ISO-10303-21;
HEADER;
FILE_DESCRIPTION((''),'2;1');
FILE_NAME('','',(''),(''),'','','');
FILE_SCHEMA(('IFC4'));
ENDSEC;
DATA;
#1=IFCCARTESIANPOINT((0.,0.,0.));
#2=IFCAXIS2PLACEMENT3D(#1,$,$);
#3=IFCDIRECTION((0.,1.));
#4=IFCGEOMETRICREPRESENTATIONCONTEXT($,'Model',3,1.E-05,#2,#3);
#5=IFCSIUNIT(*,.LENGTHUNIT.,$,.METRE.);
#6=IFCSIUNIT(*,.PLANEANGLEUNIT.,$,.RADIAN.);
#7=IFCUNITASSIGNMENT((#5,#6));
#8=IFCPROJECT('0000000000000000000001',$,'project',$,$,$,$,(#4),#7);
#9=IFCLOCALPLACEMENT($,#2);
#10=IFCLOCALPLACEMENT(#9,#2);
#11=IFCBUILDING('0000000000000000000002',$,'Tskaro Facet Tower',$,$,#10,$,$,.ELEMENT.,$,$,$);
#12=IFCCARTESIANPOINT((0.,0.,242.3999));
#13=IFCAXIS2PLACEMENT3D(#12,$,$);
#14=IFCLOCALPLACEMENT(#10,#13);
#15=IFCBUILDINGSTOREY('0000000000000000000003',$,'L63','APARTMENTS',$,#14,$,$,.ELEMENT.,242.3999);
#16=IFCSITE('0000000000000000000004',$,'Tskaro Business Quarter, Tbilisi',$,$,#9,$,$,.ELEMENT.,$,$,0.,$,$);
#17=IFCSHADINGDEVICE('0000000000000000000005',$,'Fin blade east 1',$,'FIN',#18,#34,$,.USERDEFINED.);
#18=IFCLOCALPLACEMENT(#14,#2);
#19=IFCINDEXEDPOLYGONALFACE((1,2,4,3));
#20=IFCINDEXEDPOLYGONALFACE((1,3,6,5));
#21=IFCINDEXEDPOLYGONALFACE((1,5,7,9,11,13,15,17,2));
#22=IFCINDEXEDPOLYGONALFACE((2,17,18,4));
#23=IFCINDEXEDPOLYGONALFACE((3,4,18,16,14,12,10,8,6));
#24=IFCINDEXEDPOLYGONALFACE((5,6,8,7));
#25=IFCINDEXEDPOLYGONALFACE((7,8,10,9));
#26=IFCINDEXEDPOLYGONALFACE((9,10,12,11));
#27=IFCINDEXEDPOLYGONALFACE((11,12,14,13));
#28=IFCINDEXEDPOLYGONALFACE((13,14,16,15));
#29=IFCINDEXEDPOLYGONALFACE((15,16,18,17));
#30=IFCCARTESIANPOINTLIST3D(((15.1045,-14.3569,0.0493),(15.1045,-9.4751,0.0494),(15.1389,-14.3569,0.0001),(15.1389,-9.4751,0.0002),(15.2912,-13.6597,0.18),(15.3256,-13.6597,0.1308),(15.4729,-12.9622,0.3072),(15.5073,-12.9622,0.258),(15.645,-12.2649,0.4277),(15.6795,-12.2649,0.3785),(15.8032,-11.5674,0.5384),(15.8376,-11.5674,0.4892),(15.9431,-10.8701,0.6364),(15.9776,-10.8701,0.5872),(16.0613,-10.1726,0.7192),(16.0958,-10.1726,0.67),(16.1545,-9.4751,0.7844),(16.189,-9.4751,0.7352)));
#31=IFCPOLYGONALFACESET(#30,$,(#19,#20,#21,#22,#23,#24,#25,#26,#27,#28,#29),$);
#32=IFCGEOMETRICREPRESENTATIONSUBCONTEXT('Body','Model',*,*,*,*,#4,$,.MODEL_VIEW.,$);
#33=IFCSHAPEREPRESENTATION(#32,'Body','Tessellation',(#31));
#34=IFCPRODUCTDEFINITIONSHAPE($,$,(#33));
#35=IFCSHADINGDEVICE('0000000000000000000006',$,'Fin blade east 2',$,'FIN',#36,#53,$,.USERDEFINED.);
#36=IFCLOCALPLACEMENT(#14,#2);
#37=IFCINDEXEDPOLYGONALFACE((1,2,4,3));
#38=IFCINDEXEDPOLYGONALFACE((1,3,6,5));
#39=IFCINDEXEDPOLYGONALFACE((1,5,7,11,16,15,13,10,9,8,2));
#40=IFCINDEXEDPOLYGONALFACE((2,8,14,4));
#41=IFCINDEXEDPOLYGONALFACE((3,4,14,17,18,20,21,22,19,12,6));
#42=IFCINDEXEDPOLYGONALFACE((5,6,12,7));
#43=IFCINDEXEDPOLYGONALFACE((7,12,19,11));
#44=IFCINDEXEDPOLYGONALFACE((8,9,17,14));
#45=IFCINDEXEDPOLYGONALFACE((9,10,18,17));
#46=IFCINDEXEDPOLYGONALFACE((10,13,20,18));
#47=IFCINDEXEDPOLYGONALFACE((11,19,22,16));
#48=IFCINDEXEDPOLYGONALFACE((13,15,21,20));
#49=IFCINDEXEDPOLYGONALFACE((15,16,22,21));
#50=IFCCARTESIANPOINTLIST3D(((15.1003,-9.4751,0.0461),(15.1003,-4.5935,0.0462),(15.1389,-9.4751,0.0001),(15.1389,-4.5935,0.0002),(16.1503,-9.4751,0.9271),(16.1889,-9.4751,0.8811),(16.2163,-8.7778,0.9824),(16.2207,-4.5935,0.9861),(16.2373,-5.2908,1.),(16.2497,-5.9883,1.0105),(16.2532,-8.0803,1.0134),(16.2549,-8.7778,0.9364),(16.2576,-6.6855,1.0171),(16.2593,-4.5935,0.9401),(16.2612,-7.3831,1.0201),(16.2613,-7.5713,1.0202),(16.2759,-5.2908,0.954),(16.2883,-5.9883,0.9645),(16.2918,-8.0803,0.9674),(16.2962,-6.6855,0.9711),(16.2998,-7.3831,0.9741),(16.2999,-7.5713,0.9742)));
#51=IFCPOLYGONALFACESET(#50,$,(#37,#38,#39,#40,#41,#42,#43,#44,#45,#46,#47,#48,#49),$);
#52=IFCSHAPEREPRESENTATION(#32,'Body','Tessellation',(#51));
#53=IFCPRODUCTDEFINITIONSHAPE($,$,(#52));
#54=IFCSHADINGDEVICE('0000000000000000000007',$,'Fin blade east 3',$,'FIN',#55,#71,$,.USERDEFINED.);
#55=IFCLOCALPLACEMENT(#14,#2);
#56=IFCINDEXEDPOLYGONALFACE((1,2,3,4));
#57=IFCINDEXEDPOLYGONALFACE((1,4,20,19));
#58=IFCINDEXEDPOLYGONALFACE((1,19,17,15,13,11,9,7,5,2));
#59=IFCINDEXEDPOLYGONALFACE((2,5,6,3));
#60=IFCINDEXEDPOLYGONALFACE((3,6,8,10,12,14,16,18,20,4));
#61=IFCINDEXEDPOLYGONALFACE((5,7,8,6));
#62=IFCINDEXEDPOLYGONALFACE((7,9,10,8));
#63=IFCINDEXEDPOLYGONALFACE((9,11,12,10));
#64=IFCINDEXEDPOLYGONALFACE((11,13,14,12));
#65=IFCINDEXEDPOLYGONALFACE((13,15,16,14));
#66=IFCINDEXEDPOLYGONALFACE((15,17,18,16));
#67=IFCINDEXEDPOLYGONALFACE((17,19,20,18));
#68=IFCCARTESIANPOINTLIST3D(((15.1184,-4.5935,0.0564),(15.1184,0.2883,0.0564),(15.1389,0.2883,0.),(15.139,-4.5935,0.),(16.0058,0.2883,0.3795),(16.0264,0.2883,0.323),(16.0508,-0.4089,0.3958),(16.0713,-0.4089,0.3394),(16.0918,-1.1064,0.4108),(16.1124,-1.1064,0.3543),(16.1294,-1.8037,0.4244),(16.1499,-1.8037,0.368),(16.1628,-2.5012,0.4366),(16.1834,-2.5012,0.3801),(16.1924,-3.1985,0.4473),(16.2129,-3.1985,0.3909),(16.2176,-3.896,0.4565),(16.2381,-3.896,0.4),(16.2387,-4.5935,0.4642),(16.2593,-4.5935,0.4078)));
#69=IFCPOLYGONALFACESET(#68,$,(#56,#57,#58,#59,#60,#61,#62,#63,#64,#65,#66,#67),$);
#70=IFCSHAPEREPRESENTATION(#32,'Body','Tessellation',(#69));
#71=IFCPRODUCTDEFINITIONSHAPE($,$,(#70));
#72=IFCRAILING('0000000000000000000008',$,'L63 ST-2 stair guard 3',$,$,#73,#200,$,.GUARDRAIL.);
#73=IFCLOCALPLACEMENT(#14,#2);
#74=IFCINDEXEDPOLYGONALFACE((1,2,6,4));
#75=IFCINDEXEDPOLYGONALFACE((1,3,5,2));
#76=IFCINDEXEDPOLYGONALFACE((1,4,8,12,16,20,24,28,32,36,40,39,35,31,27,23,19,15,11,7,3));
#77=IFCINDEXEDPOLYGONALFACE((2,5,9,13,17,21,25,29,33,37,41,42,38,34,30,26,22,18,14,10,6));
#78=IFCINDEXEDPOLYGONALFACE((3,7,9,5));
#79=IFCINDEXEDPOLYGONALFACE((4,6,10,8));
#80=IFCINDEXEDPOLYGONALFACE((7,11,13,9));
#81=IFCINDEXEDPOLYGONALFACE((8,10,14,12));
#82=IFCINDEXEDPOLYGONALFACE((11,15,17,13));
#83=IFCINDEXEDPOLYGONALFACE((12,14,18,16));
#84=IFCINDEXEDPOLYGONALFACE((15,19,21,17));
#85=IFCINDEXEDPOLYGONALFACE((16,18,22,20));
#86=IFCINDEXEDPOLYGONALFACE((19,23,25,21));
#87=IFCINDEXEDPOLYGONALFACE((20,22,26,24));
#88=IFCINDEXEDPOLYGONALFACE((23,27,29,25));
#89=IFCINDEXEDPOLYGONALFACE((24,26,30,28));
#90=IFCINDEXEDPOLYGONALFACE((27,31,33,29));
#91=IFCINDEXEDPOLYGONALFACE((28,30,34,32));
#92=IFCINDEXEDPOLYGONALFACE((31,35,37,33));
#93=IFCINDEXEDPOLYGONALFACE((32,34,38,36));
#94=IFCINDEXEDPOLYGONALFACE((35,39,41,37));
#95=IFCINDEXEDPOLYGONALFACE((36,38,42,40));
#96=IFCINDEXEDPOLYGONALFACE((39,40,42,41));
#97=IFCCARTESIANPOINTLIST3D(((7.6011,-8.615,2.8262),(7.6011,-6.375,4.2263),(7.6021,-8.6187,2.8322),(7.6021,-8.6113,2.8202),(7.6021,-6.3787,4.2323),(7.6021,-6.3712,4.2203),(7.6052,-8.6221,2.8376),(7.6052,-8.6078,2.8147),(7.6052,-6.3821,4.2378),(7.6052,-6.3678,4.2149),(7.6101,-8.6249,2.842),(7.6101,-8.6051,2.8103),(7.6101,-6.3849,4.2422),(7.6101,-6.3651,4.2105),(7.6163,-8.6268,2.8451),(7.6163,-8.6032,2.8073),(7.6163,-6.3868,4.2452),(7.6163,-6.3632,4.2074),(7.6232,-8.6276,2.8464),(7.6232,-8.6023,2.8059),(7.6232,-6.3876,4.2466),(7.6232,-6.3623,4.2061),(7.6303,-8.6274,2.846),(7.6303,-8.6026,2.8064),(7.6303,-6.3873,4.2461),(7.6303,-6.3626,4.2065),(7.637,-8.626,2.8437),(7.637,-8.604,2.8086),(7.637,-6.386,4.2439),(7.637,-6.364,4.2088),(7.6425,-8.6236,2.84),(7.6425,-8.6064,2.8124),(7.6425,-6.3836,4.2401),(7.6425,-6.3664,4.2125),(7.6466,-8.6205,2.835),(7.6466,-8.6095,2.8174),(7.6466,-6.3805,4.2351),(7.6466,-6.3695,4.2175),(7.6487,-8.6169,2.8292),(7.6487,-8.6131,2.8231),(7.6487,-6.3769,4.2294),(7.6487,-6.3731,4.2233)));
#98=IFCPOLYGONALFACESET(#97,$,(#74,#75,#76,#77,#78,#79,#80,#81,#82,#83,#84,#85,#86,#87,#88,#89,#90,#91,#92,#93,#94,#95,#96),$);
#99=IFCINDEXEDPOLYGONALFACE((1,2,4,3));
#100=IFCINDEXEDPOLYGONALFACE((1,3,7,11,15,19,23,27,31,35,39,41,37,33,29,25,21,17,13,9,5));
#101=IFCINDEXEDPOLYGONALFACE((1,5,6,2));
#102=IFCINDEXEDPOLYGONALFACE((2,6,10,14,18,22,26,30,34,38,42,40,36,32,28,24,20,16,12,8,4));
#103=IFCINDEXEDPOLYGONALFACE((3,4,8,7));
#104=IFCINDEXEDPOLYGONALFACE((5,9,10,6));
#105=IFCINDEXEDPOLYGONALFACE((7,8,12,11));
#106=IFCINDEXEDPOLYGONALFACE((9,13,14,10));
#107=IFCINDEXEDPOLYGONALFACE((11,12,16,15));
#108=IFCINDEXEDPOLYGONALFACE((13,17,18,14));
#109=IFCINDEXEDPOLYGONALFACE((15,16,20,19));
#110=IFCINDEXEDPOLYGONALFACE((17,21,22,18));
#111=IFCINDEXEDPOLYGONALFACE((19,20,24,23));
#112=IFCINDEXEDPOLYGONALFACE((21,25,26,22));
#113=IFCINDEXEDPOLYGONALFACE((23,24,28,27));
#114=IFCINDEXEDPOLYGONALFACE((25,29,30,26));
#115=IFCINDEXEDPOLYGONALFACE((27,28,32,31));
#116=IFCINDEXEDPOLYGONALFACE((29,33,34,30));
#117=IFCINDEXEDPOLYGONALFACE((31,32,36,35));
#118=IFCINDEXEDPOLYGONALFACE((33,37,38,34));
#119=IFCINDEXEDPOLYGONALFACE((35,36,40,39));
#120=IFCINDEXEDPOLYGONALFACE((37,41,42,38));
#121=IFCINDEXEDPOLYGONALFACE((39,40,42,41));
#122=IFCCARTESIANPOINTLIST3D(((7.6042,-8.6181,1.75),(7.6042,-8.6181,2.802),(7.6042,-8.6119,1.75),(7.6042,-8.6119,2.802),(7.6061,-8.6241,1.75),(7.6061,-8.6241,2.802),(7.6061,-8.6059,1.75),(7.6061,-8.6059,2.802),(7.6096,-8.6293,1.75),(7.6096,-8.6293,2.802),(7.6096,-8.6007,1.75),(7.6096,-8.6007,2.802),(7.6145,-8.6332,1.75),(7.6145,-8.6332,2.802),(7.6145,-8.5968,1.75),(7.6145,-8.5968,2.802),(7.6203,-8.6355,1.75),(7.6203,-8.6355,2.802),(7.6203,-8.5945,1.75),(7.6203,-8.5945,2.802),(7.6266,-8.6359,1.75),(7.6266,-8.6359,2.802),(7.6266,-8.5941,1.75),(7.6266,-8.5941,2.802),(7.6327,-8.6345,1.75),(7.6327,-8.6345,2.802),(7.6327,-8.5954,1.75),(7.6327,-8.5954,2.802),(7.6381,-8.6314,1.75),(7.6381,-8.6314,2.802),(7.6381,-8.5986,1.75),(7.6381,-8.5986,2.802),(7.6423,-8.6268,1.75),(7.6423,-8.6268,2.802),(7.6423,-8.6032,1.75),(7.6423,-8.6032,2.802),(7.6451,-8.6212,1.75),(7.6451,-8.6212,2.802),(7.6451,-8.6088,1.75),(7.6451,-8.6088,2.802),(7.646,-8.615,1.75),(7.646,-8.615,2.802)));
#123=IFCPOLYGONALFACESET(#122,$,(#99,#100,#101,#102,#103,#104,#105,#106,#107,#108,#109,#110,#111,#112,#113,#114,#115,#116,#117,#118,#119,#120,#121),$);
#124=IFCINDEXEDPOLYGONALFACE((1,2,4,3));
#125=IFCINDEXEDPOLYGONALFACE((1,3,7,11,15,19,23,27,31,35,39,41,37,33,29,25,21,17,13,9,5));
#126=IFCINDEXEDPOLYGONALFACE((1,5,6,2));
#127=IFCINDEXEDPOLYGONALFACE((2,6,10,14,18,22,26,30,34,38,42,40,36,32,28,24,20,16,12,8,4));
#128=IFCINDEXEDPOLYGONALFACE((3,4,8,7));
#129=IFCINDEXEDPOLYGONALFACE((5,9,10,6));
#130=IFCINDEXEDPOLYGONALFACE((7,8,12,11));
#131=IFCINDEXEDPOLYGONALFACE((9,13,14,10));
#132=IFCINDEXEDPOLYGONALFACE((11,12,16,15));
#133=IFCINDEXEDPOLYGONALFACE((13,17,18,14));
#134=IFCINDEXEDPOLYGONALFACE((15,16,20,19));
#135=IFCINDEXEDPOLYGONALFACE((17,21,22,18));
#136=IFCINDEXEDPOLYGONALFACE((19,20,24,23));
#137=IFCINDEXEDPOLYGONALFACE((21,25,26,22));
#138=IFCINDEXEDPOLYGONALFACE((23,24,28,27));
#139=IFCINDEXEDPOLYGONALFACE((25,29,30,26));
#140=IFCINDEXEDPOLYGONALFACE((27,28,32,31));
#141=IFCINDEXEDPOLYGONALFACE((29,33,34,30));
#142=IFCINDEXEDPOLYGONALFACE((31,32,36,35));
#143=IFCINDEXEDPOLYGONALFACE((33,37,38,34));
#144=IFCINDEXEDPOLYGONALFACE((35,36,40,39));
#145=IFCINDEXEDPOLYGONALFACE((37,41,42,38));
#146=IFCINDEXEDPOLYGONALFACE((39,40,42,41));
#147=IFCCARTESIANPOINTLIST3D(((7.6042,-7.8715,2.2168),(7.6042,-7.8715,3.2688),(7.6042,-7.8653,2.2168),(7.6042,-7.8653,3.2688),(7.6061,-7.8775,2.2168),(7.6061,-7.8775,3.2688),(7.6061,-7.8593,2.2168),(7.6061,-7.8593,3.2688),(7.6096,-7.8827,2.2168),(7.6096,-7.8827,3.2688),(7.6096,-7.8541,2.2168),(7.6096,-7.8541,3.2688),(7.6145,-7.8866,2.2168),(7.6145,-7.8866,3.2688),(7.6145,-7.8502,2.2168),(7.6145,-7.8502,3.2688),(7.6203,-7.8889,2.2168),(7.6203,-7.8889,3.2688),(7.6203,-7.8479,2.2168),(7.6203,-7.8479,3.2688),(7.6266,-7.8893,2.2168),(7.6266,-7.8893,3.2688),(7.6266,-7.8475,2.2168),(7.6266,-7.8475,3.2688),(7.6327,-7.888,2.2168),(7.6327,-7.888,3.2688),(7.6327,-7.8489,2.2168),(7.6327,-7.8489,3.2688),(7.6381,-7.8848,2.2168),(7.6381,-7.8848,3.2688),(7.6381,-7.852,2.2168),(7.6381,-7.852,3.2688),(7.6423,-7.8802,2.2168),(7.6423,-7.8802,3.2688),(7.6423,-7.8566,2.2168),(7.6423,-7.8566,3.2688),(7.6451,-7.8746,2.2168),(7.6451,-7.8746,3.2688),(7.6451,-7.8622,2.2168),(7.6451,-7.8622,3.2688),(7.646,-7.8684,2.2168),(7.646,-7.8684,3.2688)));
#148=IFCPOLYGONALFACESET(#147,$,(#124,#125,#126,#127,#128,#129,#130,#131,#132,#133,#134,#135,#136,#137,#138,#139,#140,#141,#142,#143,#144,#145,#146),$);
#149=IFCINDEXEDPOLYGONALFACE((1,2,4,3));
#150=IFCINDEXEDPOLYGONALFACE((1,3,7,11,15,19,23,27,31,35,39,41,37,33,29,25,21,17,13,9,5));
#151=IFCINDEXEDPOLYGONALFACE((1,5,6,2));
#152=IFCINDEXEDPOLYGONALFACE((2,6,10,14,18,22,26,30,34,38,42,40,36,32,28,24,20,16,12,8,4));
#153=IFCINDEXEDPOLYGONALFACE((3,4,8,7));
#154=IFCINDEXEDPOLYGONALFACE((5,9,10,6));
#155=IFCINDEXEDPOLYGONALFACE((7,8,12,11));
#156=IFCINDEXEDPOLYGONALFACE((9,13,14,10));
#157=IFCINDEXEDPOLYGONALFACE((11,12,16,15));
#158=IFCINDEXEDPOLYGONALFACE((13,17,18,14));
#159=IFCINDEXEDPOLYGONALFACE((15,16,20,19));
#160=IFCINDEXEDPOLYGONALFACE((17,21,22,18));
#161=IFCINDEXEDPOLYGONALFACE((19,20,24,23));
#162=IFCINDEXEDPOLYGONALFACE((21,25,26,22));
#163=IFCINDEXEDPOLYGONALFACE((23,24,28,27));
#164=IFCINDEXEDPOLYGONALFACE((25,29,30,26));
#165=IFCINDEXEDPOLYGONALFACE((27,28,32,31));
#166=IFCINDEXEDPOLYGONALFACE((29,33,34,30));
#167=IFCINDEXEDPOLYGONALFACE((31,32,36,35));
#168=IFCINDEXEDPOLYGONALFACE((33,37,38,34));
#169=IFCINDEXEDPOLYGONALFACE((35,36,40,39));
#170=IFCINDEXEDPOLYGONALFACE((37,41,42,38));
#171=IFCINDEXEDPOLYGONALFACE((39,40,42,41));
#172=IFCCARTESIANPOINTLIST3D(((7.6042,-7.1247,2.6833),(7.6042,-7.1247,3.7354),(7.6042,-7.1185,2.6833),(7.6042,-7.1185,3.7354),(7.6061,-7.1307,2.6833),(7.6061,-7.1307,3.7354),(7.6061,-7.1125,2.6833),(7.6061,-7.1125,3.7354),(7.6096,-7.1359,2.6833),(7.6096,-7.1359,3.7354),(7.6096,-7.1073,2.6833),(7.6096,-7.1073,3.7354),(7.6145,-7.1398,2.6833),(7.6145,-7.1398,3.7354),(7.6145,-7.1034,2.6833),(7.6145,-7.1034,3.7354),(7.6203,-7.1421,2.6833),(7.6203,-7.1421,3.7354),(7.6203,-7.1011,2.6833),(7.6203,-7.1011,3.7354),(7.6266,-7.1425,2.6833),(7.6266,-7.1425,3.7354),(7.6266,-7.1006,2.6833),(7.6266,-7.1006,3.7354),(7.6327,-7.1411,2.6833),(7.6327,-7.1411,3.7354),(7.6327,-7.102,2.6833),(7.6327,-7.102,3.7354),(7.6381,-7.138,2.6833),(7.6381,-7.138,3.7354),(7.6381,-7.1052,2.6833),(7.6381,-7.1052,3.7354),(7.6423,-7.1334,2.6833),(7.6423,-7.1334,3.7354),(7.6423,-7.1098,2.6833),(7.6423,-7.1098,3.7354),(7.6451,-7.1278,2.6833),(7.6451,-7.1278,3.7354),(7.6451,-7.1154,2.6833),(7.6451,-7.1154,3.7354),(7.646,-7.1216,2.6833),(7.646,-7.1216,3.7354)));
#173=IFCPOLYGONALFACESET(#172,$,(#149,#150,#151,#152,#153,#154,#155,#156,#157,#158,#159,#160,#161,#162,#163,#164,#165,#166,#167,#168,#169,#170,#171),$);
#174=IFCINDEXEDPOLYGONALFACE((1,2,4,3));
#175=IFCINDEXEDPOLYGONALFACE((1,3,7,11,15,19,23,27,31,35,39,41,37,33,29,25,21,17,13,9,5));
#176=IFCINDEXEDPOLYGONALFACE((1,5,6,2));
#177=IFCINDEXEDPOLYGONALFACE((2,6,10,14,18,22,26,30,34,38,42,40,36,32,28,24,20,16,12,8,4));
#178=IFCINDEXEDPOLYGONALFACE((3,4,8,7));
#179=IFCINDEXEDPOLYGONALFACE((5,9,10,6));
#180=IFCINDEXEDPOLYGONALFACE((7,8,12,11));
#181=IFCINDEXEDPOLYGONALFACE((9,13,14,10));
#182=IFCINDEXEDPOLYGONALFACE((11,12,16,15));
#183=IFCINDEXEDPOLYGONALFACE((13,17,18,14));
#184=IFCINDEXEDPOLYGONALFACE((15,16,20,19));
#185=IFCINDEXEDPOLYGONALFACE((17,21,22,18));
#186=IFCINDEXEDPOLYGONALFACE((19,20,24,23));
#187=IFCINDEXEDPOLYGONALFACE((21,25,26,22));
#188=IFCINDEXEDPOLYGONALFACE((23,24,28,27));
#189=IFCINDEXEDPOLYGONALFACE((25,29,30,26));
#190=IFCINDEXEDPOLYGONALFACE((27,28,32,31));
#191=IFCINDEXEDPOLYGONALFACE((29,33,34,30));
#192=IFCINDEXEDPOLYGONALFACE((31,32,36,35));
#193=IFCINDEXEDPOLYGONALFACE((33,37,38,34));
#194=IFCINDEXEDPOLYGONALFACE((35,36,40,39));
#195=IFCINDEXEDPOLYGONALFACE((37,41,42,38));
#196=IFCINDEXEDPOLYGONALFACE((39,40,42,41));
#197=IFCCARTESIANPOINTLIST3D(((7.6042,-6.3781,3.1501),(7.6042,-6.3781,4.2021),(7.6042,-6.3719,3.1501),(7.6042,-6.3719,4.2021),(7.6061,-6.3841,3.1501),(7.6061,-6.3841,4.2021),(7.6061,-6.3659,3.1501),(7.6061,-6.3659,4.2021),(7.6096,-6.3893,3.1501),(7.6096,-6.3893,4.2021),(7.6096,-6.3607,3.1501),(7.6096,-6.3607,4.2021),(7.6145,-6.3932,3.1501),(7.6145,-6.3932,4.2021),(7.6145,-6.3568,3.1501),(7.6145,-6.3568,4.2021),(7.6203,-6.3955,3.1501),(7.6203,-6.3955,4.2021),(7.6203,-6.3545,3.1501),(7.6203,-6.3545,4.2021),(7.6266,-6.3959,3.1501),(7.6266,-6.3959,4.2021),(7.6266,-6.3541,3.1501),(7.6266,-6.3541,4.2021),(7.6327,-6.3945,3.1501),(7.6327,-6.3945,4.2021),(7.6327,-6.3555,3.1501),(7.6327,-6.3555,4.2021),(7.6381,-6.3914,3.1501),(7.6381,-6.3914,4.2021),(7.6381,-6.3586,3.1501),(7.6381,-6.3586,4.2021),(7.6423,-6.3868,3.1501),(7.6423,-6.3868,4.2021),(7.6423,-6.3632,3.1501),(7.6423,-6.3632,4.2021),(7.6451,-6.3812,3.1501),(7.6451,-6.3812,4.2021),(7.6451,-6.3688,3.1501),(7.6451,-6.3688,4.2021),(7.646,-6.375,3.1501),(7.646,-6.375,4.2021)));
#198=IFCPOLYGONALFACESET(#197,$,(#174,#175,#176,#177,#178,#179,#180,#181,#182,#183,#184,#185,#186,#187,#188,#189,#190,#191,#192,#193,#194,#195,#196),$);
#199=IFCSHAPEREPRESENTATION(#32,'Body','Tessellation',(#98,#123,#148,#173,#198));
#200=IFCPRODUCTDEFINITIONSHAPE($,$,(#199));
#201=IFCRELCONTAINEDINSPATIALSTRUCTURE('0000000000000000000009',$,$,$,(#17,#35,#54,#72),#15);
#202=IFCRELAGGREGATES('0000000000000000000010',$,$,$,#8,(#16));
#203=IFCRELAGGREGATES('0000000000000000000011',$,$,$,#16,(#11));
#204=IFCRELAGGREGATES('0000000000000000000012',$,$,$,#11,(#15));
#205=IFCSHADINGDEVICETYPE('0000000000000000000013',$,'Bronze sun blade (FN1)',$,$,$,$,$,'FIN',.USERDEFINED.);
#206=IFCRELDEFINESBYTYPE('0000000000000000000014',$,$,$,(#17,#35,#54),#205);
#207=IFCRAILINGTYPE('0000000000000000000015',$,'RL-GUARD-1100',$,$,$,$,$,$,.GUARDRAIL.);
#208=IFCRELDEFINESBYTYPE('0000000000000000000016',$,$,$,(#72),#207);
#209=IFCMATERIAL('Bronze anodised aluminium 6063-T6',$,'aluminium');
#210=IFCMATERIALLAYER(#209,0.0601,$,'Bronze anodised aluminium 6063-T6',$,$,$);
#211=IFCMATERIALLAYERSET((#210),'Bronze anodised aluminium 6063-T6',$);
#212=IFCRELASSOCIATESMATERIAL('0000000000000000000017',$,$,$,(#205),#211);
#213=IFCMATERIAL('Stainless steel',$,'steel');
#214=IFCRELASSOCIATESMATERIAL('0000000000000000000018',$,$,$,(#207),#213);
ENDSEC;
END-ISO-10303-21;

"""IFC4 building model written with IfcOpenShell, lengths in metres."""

from ifc_helpers import new_model, si_unit, direction, frame, origin, origin_2d, place, context, subcontext, project, spatial, polyline, circle, outline, extrude, material, layer, layer_set, type_object, element, save


model = new_model("IFC4")

# Units and contexts
model_context = context("Model", 3, precision=1e-05, world=origin(), true_north=direction((0.0, 1.0)))
body_context = subcontext(model_context, "Body", "Model", "MODEL_VIEW")
ifc_project = project(units=[si_unit("LENGTHUNIT", "METRE"), si_unit("PLANEANGLEUNIT", "RADIAN")], contexts=[model_context])

# Site, building, storey
site_placement = place(None, origin())
site = spatial("IfcSite", under=ifc_project, at=site_placement, Name="Tskaro Business Quarter, Tbilisi", CompositionType="ELEMENT", RefElevation=0.0)
building_placement = place(site_placement, origin())
building = spatial("IfcBuilding", under=site, at=building_placement, Name="Tskaro Facet Tower", CompositionType="ELEMENT")
storey_placement = place(building_placement, frame((0.0, 0.0, 242.3999)))
storey = spatial("IfcBuildingStorey", under=building, at=storey_placement, Name="L63", Description="APARTMENTS", CompositionType="ELEMENT", Elevation=242.3999)

# Shared definitions
ifc_material_1 = material(Name="Bronze anodised aluminium 6063-T6", Category="aluminium")

# Shading devices
ifc_layer_1 = layer(ifc_material_1, 0.0601, Name="Bronze anodised aluminium 6063-T6")
ifc_layer_set_1 = layer_set([ifc_layer_1], Name="Bronze anodised aluminium 6063-T6")
shading_device_type = type_object("IfcShadingDeviceType", Name="Bronze sun blade (FN1)", ElementType="FIN", PredefinedType="USERDEFINED", material=ifc_layer_set_1)
shading_device_1_placement = place(storey_placement, frame((15.1045, -14.3569, 0.0493), z_axis=(-0.573474, -0.000012, 0.819224), x_axis=(-0.000007, 1.0, 0.00001)))
element("IfcShadingDevice", 1, at=shading_device_1_placement, inside=storey, type_object=shading_device_type, Name="Fin blade east 1", ObjectType="FIN", PredefinedType="USERDEFINED", context=body_context, shape_type="SweptSolid", body=[
    extrude(outline(polyline([(0.0, 0.0), (4.8818, 0.0), (4.8818, -1.2818), (4.1843, -1.168), (3.4868, -1.0237), (2.7896, -0.8529), (2.092, -0.6598), (1.3948, -0.4497), (0.6973, -0.2279), (0.0, 0.0)])), origin(), (0.0, 0.0, -1.0), 0.0601),
])
shading_device_2_placement = place(storey_placement, frame((15.1003, -9.4751, 0.0461), z_axis=(-0.642738, -0.000007, 0.766086), x_axis=(-0.000004, 1.0, 0.000005)))
element("IfcShadingDevice", 2, at=shading_device_2_placement, inside=storey, type_object=shading_device_type, Name="Fin blade east 2", ObjectType="FIN", PredefinedType="USERDEFINED", context=body_context, shape_type="SweptSolid", body=[
    extrude(outline(polyline([(0.0, 0.0), (4.8816, 0.0), (4.8816, -1.4624), (4.1843, -1.4841), (3.4868, -1.5004), (2.7896, -1.5106), (2.092, -1.5153), (1.9038, -1.5154), (1.3948, -1.5049), (0.6973, -1.4567), (0.0, -1.3706), (0.0, 0.0)])), origin(), (0.0, 0.0, -1.0), 0.0601),
])
shading_device_3_placement = place(storey_placement, frame((15.1184, -4.5935, 0.0564), z_axis=(-0.342041, -0.000007, 0.939685), x_axis=(-0.000002, 1.0, 0.000007)))
element("IfcShadingDevice", 3, at=shading_device_3_placement, inside=storey, type_object=shading_device_type, Name="Fin blade east 3", ObjectType="FIN", PredefinedType="USERDEFINED", context=body_context, shape_type="SweptSolid", body=[
    extrude(outline(polyline([(0.0, 0.0), (4.8818, 0.0), (4.8818, -0.9444), (4.1846, -0.9922), (3.4871, -1.0359), (2.7898, -1.0759), (2.0923, -1.1115), (1.395, -1.1429), (0.6975, -1.1697), (0.0, -1.1922), (0.0, 0.0)])), origin(), (0.0, 0.0, -1.0), 0.0601),
])

# Railing
ifc_material_2 = material(Name="Stainless steel", Category="steel")
railing_type_1 = type_object("IfcRailingType", Name="RL-GUARD-1100", PredefinedType="GUARDRAIL", material=ifc_material_2)
railing_1_placement = place(storey_placement, frame((7.625, -8.615, 1.75)))
element("IfcRailing", 4, at=railing_1_placement, inside=storey, type_object=railing_type_1, Name="L63 ST-2 stair guard 3", PredefinedType="GUARDRAIL", context=body_context, shape_type="SweptSolid", body=[
    extrude(circle(Radius=0.0239, at=origin_2d()), frame((0.0, 0.0, 1.0762), z_axis=(0.0, 0.847972, 0.53004), x_axis=(-1.0, 0.0, 0.0)), (0.0, 0.0, 1.0), 2.6416),
    extrude(circle(Radius=0.021, at=origin_2d()), origin(), (0.0, 0.0, 1.0), 1.052),
    extrude(circle(Radius=0.021, at=origin_2d()), frame((0.0, 0.7466, 0.4668)), (0.0, 0.0, 1.0), 1.052),
    extrude(circle(Radius=0.021, at=origin_2d()), frame((0.0, 1.4934, 0.9333)), (0.0, 0.0, 1.0), 1.052),
    extrude(circle(Radius=0.021, at=origin_2d()), frame((0.0, 2.24, 1.4001)), (0.0, 0.0, 1.0), 1.052),
])

save(model, "model.ifc")
